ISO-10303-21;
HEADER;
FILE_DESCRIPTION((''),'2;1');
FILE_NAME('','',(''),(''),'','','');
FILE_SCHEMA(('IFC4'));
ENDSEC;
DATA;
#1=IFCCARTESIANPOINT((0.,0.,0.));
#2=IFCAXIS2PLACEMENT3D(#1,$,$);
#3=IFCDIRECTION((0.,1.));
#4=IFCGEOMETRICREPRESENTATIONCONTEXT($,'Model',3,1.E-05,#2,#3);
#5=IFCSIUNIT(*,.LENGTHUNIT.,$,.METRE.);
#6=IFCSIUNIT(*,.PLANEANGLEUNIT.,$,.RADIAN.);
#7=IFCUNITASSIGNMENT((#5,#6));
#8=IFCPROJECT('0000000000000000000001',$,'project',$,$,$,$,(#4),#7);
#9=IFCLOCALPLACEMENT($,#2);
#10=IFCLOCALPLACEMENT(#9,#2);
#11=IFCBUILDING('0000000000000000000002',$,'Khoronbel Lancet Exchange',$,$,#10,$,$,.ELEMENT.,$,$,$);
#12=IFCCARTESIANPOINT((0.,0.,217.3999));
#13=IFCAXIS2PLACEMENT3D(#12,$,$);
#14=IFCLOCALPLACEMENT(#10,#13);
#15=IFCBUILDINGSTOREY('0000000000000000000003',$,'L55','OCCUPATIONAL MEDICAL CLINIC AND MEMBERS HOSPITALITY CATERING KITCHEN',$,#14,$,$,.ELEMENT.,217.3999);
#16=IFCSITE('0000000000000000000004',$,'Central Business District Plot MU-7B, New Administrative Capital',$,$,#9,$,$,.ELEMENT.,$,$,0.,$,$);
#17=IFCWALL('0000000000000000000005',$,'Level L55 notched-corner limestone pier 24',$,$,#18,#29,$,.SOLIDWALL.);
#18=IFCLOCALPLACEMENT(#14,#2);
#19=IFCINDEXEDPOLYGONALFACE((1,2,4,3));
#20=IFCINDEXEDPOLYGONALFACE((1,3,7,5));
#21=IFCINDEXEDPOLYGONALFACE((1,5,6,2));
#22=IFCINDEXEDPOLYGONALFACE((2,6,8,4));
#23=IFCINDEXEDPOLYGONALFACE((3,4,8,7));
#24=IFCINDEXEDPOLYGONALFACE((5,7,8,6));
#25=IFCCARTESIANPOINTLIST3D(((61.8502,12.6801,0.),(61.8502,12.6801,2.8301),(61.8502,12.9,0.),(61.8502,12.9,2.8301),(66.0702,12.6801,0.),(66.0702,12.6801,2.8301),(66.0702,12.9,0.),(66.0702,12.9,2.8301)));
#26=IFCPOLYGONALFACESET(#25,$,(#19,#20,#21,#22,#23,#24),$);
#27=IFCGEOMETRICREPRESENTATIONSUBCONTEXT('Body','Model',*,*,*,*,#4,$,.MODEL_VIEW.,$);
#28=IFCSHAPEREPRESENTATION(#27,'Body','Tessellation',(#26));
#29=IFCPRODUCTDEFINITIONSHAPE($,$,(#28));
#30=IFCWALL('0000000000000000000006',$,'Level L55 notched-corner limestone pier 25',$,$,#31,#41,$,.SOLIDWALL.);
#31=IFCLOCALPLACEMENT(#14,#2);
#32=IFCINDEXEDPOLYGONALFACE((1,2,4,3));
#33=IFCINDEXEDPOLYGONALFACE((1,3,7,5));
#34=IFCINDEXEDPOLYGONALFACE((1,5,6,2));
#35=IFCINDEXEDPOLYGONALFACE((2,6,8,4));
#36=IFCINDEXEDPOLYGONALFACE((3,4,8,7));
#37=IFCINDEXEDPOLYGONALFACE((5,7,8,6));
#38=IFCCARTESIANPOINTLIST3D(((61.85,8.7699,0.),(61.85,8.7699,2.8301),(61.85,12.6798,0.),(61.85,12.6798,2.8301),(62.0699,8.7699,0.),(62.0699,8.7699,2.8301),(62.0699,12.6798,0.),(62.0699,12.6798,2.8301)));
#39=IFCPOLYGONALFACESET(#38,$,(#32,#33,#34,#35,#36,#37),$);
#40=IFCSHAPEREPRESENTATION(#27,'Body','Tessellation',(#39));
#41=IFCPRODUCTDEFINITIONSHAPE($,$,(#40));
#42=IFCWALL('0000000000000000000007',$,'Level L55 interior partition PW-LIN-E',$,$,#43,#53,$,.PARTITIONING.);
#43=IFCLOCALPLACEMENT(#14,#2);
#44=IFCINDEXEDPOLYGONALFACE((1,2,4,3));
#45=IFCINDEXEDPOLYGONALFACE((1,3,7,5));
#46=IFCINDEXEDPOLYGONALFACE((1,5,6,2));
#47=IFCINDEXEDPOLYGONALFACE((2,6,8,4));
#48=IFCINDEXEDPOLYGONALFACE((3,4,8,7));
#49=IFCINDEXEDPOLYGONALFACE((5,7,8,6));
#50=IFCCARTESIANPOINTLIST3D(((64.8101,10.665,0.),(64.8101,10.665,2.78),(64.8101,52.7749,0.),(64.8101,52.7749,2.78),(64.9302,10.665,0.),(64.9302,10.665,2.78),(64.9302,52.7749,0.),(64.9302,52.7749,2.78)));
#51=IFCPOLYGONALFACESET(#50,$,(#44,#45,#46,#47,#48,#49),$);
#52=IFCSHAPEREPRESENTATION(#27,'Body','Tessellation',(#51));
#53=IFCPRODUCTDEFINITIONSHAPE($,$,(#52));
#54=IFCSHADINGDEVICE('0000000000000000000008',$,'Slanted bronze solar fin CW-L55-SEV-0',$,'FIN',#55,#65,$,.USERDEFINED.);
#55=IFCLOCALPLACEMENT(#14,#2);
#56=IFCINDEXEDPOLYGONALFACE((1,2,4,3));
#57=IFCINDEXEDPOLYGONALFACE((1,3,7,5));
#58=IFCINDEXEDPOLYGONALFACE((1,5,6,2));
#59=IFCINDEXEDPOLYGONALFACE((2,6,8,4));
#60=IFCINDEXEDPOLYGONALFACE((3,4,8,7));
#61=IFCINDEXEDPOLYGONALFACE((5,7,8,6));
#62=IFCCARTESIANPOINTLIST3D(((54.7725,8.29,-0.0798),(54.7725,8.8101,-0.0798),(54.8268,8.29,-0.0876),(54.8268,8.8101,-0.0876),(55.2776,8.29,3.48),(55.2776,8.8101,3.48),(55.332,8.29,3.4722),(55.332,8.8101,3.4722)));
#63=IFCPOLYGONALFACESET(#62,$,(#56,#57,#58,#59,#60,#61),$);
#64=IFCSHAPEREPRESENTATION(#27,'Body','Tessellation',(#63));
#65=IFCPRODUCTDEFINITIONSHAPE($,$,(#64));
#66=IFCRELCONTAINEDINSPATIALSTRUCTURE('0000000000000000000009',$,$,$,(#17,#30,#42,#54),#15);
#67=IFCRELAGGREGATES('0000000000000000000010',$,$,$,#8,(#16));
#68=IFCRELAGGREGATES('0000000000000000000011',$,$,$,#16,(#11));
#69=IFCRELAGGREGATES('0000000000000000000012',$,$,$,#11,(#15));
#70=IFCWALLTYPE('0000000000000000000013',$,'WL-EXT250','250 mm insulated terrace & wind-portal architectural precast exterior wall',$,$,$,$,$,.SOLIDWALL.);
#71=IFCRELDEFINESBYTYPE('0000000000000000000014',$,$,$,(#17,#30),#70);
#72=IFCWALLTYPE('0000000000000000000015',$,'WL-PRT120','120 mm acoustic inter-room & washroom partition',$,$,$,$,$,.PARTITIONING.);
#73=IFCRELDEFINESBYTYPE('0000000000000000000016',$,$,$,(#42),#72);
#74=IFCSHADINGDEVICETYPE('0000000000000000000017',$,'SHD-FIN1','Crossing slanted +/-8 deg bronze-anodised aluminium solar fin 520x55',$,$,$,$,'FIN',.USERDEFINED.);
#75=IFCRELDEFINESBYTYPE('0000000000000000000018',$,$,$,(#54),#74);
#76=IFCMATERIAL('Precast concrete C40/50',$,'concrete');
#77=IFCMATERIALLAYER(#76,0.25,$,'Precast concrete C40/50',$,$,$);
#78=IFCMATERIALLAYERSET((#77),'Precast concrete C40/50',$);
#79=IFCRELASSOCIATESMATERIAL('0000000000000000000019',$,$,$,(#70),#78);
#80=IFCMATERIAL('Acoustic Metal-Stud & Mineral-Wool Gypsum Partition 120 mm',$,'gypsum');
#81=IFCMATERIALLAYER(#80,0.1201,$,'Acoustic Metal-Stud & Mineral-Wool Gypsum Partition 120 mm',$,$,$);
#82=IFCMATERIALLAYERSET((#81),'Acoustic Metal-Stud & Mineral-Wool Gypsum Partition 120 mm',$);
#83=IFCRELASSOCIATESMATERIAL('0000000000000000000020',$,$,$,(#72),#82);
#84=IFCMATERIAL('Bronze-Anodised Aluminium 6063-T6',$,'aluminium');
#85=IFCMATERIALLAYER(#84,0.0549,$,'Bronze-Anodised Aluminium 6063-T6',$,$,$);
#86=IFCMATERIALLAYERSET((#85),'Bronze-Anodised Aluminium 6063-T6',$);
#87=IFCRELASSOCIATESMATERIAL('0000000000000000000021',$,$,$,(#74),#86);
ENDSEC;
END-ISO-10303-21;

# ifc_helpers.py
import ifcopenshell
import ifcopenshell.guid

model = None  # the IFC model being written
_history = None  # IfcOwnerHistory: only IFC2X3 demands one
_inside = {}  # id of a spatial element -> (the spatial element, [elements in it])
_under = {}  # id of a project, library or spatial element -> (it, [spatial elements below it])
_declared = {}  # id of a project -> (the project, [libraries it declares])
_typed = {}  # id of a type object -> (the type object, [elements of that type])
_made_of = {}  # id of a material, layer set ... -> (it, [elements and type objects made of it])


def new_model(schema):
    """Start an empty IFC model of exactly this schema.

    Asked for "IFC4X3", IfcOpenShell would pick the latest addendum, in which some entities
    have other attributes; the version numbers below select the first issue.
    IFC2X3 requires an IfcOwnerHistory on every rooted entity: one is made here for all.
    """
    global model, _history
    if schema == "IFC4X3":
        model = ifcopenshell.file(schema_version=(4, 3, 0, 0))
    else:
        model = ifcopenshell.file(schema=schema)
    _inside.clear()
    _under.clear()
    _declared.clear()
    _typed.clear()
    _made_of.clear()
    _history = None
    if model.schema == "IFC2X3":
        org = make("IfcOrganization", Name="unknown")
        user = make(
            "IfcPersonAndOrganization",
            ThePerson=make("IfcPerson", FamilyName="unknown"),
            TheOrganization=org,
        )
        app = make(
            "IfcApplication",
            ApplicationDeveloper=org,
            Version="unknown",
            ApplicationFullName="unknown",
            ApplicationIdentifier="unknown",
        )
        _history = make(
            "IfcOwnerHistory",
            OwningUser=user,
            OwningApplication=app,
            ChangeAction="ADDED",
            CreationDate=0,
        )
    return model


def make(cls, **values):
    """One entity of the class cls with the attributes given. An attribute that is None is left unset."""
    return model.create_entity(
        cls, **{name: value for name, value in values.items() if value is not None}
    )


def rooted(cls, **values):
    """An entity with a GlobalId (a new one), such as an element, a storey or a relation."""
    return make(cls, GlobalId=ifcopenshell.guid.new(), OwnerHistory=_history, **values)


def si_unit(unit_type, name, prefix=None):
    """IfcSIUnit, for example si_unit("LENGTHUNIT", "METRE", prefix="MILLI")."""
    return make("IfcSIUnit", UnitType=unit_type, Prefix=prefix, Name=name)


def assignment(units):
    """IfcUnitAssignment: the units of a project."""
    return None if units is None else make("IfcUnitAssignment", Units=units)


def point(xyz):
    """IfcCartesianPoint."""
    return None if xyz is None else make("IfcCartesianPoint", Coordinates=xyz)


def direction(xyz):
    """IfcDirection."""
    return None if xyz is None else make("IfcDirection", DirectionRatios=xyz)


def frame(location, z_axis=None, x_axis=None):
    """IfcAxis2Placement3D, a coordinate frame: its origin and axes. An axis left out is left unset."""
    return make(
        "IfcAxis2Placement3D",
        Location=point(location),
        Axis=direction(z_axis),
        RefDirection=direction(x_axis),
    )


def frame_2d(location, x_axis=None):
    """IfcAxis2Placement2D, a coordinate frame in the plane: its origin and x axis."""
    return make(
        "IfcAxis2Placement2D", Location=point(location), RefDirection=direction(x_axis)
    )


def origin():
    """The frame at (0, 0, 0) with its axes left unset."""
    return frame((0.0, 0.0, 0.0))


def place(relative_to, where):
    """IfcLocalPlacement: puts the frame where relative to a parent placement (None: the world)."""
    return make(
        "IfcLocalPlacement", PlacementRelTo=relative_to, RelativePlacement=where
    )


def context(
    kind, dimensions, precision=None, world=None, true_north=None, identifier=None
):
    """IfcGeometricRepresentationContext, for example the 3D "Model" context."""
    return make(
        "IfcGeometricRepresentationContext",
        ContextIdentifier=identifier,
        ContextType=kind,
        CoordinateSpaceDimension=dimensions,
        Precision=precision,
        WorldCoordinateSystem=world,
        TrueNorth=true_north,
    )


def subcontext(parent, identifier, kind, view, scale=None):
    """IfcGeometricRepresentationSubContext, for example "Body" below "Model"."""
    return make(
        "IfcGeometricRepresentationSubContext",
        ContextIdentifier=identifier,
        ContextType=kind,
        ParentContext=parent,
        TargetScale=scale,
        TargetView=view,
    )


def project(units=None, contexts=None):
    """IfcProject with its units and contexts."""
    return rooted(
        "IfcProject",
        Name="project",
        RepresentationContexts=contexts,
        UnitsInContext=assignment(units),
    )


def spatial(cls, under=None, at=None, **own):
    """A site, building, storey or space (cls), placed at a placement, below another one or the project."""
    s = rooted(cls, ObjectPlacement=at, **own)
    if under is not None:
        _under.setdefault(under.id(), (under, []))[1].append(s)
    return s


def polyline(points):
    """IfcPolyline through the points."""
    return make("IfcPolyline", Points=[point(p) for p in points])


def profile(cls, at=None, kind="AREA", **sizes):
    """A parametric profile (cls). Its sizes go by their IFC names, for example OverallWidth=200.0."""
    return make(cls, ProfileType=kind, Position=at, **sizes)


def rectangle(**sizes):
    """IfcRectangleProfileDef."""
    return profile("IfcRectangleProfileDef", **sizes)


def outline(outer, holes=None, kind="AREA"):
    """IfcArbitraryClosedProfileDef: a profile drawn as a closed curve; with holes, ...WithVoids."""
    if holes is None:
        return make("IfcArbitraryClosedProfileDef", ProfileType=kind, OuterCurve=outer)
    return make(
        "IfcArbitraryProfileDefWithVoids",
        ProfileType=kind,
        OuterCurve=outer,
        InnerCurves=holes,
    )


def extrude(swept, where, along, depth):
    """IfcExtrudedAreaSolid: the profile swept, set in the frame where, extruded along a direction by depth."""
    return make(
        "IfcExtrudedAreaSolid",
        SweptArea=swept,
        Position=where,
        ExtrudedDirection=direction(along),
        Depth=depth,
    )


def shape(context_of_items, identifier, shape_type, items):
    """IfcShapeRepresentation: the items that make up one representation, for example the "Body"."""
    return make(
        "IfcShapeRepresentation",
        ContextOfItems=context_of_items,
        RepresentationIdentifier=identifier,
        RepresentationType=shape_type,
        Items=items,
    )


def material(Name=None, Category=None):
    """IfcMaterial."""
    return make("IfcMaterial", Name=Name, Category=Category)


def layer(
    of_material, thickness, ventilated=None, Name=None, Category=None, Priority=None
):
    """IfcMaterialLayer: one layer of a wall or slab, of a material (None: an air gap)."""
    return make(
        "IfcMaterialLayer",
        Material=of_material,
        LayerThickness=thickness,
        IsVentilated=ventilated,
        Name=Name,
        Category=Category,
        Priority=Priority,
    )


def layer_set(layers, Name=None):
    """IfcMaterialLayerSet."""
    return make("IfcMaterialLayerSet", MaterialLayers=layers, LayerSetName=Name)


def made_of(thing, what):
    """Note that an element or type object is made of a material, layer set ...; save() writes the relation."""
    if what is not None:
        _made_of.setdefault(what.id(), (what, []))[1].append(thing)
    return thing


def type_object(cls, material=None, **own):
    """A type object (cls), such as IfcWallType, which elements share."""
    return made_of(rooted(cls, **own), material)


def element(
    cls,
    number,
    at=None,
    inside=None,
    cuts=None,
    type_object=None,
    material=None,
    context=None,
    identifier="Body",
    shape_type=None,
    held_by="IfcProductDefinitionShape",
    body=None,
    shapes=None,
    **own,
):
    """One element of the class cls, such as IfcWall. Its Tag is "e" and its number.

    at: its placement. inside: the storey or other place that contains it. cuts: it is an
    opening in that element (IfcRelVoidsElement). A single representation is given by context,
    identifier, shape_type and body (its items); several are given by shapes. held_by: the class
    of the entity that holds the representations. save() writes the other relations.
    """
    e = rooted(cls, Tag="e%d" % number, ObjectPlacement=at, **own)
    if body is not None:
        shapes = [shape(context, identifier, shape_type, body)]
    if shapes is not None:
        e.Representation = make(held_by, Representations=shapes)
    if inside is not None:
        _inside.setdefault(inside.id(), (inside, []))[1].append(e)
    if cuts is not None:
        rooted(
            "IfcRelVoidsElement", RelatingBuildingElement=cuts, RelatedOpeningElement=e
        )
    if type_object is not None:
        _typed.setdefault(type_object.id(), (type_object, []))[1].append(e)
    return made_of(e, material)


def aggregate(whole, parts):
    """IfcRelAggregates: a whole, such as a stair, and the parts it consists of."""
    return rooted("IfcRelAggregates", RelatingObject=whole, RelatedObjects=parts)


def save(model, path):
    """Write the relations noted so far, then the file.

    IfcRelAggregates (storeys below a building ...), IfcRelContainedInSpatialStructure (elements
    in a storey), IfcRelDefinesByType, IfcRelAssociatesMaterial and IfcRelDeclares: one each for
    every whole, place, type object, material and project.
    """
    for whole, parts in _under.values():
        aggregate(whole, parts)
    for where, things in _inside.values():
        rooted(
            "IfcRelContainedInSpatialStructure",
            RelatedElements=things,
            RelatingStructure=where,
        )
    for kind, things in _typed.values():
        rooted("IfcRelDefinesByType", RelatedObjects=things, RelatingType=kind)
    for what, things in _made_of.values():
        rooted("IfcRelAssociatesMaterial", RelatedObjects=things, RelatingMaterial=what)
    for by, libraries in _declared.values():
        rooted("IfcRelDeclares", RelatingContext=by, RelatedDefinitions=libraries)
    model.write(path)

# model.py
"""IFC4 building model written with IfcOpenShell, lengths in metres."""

from ifc_helpers import new_model, si_unit, direction, frame, frame_2d, origin, place, context, subcontext, project, spatial, polyline, rectangle, outline, extrude, material, layer, layer_set, type_object, element, save


model = new_model("IFC4")

# Units and contexts
model_context = context("Model", 3, precision=1e-05, world=origin(), true_north=direction((0.0, 1.0)))
body_context = subcontext(model_context, "Body", "Model", "MODEL_VIEW")
ifc_project = project(units=[si_unit("LENGTHUNIT", "METRE"), si_unit("PLANEANGLEUNIT", "RADIAN")], contexts=[model_context])

# Site, building, storey
site_placement = place(None, origin())
site = spatial("IfcSite", under=ifc_project, at=site_placement, Name="Central Business District Plot MU-7B, New Administrative Capital", CompositionType="ELEMENT", RefElevation=0.0)
building_placement = place(site_placement, origin())
building = spatial("IfcBuilding", under=site, at=building_placement, Name="Khoronbel Lancet Exchange", CompositionType="ELEMENT")
storey_placement = place(building_placement, frame((0.0, 0.0, 217.3999)))
storey = spatial("IfcBuildingStorey", under=building, at=storey_placement, Name="L55", Description="OCCUPATIONAL MEDICAL CLINIC AND MEMBERS HOSPITALITY CATERING KITCHEN", CompositionType="ELEMENT", Elevation=217.3999)

# Shared definitions
ifc_material_1 = material(Name="Bronze-Anodised Aluminium 6063-T6", Category="aluminium")

# Walls
ifc_material_2 = material(Name="Precast concrete C40/50", Category="concrete")
ifc_layer_1 = layer(ifc_material_2, 0.25, Name="Precast concrete C40/50")
ifc_layer_set_1 = layer_set([ifc_layer_1], Name="Precast concrete C40/50")
wall_type_1 = type_object("IfcWallType", Name="WL-EXT250", Description="250 mm insulated terrace & wind-portal architectural precast exterior wall", PredefinedType="SOLIDWALL", material=ifc_layer_set_1)
wall_1_placement = place(storey_placement, frame((66.0701, 12.79, 0.0), z_axis=(0.0, 0.0, 1.0), x_axis=(-1.0, 0.0, 0.0)))
element("IfcWall", 1, at=wall_1_placement, inside=storey, type_object=wall_type_1, Name="Level L55 notched-corner limestone pier 24", PredefinedType="SOLIDWALL", context=body_context, shape_type="SweptSolid", body=[
    extrude(rectangle(XDim=4.22, YDim=0.22, at=frame_2d((2.1099, 0.0))), origin(), (0.0, 0.0, 1.0), 2.8301),
])
wall_2_placement = place(storey_placement, frame((61.96, 12.6799, 0.0), z_axis=(0.0, 0.0, 1.0), x_axis=(0.0, -1.0, 0.0)))
element("IfcWall", 2, at=wall_2_placement, inside=storey, type_object=wall_type_1, Name="Level L55 notched-corner limestone pier 25", PredefinedType="SOLIDWALL", context=body_context, shape_type="SweptSolid", body=[
    extrude(rectangle(XDim=3.9099, YDim=0.22, at=frame_2d((1.9551, 0.0))), origin(), (0.0, 0.0, 1.0), 2.8301),
])
ifc_material_3 = material(Name="Acoustic Metal-Stud & Mineral-Wool Gypsum Partition 120 mm", Category="gypsum")
ifc_layer_2 = layer(ifc_material_3, 0.1201, Name="Acoustic Metal-Stud & Mineral-Wool Gypsum Partition 120 mm")
ifc_layer_set_2 = layer_set([ifc_layer_2], Name="Acoustic Metal-Stud & Mineral-Wool Gypsum Partition 120 mm")
wall_type_2 = type_object("IfcWallType", Name="WL-PRT120", Description="120 mm acoustic inter-room & washroom partition", PredefinedType="PARTITIONING", material=ifc_layer_set_2)
wall_3_placement = place(storey_placement, frame((64.8701, 10.665, 0.0), z_axis=(0.0, 0.0, 1.0), x_axis=(0.0, 1.0, 0.0)))
element("IfcWall", 3, at=wall_3_placement, inside=storey, type_object=wall_type_2, Name="Level L55 interior partition PW-LIN-E", PredefinedType="PARTITIONING", context=body_context, shape_type="SweptSolid", body=[
    extrude(rectangle(XDim=42.1099, YDim=0.1201, at=frame_2d((21.0549, 0.0))), origin(), (0.0, 0.0, 1.0), 2.78),
])

# Shading device
ifc_layer_3 = layer(ifc_material_1, 0.0549, Name="Bronze-Anodised Aluminium 6063-T6")
ifc_layer_set_3 = layer_set([ifc_layer_3], Name="Bronze-Anodised Aluminium 6063-T6")
shading_device_type = type_object("IfcShadingDeviceType", Name="SHD-FIN1", Description="Crossing slanted +/-8 deg bronze-anodised aluminium solar fin 520x55", ElementType="FIN", PredefinedType="USERDEFINED", material=ifc_layer_set_3)
shading_device_placement = place(storey_placement, frame((54.7725, 8.8101, -0.0798), z_axis=(-0.990082, 0.0, 0.14049), x_axis=(0.0, -1.0, 0.0)))
element("IfcShadingDevice", 4, at=shading_device_placement, inside=storey, type_object=shading_device_type, Name="Slanted bronze solar fin CW-L55-SEV-0", ObjectType="FIN", PredefinedType="USERDEFINED", context=body_context, shape_type="SweptSolid", body=[
    extrude(outline(polyline([(0.0, 0.0), (0.52, 0.0), (0.52, 3.5955), (0.0, 3.5955), (0.0, 0.0)])), origin(), (0.0, 0.0, -1.0), 0.0549),
])

save(model, "model.ifc")
